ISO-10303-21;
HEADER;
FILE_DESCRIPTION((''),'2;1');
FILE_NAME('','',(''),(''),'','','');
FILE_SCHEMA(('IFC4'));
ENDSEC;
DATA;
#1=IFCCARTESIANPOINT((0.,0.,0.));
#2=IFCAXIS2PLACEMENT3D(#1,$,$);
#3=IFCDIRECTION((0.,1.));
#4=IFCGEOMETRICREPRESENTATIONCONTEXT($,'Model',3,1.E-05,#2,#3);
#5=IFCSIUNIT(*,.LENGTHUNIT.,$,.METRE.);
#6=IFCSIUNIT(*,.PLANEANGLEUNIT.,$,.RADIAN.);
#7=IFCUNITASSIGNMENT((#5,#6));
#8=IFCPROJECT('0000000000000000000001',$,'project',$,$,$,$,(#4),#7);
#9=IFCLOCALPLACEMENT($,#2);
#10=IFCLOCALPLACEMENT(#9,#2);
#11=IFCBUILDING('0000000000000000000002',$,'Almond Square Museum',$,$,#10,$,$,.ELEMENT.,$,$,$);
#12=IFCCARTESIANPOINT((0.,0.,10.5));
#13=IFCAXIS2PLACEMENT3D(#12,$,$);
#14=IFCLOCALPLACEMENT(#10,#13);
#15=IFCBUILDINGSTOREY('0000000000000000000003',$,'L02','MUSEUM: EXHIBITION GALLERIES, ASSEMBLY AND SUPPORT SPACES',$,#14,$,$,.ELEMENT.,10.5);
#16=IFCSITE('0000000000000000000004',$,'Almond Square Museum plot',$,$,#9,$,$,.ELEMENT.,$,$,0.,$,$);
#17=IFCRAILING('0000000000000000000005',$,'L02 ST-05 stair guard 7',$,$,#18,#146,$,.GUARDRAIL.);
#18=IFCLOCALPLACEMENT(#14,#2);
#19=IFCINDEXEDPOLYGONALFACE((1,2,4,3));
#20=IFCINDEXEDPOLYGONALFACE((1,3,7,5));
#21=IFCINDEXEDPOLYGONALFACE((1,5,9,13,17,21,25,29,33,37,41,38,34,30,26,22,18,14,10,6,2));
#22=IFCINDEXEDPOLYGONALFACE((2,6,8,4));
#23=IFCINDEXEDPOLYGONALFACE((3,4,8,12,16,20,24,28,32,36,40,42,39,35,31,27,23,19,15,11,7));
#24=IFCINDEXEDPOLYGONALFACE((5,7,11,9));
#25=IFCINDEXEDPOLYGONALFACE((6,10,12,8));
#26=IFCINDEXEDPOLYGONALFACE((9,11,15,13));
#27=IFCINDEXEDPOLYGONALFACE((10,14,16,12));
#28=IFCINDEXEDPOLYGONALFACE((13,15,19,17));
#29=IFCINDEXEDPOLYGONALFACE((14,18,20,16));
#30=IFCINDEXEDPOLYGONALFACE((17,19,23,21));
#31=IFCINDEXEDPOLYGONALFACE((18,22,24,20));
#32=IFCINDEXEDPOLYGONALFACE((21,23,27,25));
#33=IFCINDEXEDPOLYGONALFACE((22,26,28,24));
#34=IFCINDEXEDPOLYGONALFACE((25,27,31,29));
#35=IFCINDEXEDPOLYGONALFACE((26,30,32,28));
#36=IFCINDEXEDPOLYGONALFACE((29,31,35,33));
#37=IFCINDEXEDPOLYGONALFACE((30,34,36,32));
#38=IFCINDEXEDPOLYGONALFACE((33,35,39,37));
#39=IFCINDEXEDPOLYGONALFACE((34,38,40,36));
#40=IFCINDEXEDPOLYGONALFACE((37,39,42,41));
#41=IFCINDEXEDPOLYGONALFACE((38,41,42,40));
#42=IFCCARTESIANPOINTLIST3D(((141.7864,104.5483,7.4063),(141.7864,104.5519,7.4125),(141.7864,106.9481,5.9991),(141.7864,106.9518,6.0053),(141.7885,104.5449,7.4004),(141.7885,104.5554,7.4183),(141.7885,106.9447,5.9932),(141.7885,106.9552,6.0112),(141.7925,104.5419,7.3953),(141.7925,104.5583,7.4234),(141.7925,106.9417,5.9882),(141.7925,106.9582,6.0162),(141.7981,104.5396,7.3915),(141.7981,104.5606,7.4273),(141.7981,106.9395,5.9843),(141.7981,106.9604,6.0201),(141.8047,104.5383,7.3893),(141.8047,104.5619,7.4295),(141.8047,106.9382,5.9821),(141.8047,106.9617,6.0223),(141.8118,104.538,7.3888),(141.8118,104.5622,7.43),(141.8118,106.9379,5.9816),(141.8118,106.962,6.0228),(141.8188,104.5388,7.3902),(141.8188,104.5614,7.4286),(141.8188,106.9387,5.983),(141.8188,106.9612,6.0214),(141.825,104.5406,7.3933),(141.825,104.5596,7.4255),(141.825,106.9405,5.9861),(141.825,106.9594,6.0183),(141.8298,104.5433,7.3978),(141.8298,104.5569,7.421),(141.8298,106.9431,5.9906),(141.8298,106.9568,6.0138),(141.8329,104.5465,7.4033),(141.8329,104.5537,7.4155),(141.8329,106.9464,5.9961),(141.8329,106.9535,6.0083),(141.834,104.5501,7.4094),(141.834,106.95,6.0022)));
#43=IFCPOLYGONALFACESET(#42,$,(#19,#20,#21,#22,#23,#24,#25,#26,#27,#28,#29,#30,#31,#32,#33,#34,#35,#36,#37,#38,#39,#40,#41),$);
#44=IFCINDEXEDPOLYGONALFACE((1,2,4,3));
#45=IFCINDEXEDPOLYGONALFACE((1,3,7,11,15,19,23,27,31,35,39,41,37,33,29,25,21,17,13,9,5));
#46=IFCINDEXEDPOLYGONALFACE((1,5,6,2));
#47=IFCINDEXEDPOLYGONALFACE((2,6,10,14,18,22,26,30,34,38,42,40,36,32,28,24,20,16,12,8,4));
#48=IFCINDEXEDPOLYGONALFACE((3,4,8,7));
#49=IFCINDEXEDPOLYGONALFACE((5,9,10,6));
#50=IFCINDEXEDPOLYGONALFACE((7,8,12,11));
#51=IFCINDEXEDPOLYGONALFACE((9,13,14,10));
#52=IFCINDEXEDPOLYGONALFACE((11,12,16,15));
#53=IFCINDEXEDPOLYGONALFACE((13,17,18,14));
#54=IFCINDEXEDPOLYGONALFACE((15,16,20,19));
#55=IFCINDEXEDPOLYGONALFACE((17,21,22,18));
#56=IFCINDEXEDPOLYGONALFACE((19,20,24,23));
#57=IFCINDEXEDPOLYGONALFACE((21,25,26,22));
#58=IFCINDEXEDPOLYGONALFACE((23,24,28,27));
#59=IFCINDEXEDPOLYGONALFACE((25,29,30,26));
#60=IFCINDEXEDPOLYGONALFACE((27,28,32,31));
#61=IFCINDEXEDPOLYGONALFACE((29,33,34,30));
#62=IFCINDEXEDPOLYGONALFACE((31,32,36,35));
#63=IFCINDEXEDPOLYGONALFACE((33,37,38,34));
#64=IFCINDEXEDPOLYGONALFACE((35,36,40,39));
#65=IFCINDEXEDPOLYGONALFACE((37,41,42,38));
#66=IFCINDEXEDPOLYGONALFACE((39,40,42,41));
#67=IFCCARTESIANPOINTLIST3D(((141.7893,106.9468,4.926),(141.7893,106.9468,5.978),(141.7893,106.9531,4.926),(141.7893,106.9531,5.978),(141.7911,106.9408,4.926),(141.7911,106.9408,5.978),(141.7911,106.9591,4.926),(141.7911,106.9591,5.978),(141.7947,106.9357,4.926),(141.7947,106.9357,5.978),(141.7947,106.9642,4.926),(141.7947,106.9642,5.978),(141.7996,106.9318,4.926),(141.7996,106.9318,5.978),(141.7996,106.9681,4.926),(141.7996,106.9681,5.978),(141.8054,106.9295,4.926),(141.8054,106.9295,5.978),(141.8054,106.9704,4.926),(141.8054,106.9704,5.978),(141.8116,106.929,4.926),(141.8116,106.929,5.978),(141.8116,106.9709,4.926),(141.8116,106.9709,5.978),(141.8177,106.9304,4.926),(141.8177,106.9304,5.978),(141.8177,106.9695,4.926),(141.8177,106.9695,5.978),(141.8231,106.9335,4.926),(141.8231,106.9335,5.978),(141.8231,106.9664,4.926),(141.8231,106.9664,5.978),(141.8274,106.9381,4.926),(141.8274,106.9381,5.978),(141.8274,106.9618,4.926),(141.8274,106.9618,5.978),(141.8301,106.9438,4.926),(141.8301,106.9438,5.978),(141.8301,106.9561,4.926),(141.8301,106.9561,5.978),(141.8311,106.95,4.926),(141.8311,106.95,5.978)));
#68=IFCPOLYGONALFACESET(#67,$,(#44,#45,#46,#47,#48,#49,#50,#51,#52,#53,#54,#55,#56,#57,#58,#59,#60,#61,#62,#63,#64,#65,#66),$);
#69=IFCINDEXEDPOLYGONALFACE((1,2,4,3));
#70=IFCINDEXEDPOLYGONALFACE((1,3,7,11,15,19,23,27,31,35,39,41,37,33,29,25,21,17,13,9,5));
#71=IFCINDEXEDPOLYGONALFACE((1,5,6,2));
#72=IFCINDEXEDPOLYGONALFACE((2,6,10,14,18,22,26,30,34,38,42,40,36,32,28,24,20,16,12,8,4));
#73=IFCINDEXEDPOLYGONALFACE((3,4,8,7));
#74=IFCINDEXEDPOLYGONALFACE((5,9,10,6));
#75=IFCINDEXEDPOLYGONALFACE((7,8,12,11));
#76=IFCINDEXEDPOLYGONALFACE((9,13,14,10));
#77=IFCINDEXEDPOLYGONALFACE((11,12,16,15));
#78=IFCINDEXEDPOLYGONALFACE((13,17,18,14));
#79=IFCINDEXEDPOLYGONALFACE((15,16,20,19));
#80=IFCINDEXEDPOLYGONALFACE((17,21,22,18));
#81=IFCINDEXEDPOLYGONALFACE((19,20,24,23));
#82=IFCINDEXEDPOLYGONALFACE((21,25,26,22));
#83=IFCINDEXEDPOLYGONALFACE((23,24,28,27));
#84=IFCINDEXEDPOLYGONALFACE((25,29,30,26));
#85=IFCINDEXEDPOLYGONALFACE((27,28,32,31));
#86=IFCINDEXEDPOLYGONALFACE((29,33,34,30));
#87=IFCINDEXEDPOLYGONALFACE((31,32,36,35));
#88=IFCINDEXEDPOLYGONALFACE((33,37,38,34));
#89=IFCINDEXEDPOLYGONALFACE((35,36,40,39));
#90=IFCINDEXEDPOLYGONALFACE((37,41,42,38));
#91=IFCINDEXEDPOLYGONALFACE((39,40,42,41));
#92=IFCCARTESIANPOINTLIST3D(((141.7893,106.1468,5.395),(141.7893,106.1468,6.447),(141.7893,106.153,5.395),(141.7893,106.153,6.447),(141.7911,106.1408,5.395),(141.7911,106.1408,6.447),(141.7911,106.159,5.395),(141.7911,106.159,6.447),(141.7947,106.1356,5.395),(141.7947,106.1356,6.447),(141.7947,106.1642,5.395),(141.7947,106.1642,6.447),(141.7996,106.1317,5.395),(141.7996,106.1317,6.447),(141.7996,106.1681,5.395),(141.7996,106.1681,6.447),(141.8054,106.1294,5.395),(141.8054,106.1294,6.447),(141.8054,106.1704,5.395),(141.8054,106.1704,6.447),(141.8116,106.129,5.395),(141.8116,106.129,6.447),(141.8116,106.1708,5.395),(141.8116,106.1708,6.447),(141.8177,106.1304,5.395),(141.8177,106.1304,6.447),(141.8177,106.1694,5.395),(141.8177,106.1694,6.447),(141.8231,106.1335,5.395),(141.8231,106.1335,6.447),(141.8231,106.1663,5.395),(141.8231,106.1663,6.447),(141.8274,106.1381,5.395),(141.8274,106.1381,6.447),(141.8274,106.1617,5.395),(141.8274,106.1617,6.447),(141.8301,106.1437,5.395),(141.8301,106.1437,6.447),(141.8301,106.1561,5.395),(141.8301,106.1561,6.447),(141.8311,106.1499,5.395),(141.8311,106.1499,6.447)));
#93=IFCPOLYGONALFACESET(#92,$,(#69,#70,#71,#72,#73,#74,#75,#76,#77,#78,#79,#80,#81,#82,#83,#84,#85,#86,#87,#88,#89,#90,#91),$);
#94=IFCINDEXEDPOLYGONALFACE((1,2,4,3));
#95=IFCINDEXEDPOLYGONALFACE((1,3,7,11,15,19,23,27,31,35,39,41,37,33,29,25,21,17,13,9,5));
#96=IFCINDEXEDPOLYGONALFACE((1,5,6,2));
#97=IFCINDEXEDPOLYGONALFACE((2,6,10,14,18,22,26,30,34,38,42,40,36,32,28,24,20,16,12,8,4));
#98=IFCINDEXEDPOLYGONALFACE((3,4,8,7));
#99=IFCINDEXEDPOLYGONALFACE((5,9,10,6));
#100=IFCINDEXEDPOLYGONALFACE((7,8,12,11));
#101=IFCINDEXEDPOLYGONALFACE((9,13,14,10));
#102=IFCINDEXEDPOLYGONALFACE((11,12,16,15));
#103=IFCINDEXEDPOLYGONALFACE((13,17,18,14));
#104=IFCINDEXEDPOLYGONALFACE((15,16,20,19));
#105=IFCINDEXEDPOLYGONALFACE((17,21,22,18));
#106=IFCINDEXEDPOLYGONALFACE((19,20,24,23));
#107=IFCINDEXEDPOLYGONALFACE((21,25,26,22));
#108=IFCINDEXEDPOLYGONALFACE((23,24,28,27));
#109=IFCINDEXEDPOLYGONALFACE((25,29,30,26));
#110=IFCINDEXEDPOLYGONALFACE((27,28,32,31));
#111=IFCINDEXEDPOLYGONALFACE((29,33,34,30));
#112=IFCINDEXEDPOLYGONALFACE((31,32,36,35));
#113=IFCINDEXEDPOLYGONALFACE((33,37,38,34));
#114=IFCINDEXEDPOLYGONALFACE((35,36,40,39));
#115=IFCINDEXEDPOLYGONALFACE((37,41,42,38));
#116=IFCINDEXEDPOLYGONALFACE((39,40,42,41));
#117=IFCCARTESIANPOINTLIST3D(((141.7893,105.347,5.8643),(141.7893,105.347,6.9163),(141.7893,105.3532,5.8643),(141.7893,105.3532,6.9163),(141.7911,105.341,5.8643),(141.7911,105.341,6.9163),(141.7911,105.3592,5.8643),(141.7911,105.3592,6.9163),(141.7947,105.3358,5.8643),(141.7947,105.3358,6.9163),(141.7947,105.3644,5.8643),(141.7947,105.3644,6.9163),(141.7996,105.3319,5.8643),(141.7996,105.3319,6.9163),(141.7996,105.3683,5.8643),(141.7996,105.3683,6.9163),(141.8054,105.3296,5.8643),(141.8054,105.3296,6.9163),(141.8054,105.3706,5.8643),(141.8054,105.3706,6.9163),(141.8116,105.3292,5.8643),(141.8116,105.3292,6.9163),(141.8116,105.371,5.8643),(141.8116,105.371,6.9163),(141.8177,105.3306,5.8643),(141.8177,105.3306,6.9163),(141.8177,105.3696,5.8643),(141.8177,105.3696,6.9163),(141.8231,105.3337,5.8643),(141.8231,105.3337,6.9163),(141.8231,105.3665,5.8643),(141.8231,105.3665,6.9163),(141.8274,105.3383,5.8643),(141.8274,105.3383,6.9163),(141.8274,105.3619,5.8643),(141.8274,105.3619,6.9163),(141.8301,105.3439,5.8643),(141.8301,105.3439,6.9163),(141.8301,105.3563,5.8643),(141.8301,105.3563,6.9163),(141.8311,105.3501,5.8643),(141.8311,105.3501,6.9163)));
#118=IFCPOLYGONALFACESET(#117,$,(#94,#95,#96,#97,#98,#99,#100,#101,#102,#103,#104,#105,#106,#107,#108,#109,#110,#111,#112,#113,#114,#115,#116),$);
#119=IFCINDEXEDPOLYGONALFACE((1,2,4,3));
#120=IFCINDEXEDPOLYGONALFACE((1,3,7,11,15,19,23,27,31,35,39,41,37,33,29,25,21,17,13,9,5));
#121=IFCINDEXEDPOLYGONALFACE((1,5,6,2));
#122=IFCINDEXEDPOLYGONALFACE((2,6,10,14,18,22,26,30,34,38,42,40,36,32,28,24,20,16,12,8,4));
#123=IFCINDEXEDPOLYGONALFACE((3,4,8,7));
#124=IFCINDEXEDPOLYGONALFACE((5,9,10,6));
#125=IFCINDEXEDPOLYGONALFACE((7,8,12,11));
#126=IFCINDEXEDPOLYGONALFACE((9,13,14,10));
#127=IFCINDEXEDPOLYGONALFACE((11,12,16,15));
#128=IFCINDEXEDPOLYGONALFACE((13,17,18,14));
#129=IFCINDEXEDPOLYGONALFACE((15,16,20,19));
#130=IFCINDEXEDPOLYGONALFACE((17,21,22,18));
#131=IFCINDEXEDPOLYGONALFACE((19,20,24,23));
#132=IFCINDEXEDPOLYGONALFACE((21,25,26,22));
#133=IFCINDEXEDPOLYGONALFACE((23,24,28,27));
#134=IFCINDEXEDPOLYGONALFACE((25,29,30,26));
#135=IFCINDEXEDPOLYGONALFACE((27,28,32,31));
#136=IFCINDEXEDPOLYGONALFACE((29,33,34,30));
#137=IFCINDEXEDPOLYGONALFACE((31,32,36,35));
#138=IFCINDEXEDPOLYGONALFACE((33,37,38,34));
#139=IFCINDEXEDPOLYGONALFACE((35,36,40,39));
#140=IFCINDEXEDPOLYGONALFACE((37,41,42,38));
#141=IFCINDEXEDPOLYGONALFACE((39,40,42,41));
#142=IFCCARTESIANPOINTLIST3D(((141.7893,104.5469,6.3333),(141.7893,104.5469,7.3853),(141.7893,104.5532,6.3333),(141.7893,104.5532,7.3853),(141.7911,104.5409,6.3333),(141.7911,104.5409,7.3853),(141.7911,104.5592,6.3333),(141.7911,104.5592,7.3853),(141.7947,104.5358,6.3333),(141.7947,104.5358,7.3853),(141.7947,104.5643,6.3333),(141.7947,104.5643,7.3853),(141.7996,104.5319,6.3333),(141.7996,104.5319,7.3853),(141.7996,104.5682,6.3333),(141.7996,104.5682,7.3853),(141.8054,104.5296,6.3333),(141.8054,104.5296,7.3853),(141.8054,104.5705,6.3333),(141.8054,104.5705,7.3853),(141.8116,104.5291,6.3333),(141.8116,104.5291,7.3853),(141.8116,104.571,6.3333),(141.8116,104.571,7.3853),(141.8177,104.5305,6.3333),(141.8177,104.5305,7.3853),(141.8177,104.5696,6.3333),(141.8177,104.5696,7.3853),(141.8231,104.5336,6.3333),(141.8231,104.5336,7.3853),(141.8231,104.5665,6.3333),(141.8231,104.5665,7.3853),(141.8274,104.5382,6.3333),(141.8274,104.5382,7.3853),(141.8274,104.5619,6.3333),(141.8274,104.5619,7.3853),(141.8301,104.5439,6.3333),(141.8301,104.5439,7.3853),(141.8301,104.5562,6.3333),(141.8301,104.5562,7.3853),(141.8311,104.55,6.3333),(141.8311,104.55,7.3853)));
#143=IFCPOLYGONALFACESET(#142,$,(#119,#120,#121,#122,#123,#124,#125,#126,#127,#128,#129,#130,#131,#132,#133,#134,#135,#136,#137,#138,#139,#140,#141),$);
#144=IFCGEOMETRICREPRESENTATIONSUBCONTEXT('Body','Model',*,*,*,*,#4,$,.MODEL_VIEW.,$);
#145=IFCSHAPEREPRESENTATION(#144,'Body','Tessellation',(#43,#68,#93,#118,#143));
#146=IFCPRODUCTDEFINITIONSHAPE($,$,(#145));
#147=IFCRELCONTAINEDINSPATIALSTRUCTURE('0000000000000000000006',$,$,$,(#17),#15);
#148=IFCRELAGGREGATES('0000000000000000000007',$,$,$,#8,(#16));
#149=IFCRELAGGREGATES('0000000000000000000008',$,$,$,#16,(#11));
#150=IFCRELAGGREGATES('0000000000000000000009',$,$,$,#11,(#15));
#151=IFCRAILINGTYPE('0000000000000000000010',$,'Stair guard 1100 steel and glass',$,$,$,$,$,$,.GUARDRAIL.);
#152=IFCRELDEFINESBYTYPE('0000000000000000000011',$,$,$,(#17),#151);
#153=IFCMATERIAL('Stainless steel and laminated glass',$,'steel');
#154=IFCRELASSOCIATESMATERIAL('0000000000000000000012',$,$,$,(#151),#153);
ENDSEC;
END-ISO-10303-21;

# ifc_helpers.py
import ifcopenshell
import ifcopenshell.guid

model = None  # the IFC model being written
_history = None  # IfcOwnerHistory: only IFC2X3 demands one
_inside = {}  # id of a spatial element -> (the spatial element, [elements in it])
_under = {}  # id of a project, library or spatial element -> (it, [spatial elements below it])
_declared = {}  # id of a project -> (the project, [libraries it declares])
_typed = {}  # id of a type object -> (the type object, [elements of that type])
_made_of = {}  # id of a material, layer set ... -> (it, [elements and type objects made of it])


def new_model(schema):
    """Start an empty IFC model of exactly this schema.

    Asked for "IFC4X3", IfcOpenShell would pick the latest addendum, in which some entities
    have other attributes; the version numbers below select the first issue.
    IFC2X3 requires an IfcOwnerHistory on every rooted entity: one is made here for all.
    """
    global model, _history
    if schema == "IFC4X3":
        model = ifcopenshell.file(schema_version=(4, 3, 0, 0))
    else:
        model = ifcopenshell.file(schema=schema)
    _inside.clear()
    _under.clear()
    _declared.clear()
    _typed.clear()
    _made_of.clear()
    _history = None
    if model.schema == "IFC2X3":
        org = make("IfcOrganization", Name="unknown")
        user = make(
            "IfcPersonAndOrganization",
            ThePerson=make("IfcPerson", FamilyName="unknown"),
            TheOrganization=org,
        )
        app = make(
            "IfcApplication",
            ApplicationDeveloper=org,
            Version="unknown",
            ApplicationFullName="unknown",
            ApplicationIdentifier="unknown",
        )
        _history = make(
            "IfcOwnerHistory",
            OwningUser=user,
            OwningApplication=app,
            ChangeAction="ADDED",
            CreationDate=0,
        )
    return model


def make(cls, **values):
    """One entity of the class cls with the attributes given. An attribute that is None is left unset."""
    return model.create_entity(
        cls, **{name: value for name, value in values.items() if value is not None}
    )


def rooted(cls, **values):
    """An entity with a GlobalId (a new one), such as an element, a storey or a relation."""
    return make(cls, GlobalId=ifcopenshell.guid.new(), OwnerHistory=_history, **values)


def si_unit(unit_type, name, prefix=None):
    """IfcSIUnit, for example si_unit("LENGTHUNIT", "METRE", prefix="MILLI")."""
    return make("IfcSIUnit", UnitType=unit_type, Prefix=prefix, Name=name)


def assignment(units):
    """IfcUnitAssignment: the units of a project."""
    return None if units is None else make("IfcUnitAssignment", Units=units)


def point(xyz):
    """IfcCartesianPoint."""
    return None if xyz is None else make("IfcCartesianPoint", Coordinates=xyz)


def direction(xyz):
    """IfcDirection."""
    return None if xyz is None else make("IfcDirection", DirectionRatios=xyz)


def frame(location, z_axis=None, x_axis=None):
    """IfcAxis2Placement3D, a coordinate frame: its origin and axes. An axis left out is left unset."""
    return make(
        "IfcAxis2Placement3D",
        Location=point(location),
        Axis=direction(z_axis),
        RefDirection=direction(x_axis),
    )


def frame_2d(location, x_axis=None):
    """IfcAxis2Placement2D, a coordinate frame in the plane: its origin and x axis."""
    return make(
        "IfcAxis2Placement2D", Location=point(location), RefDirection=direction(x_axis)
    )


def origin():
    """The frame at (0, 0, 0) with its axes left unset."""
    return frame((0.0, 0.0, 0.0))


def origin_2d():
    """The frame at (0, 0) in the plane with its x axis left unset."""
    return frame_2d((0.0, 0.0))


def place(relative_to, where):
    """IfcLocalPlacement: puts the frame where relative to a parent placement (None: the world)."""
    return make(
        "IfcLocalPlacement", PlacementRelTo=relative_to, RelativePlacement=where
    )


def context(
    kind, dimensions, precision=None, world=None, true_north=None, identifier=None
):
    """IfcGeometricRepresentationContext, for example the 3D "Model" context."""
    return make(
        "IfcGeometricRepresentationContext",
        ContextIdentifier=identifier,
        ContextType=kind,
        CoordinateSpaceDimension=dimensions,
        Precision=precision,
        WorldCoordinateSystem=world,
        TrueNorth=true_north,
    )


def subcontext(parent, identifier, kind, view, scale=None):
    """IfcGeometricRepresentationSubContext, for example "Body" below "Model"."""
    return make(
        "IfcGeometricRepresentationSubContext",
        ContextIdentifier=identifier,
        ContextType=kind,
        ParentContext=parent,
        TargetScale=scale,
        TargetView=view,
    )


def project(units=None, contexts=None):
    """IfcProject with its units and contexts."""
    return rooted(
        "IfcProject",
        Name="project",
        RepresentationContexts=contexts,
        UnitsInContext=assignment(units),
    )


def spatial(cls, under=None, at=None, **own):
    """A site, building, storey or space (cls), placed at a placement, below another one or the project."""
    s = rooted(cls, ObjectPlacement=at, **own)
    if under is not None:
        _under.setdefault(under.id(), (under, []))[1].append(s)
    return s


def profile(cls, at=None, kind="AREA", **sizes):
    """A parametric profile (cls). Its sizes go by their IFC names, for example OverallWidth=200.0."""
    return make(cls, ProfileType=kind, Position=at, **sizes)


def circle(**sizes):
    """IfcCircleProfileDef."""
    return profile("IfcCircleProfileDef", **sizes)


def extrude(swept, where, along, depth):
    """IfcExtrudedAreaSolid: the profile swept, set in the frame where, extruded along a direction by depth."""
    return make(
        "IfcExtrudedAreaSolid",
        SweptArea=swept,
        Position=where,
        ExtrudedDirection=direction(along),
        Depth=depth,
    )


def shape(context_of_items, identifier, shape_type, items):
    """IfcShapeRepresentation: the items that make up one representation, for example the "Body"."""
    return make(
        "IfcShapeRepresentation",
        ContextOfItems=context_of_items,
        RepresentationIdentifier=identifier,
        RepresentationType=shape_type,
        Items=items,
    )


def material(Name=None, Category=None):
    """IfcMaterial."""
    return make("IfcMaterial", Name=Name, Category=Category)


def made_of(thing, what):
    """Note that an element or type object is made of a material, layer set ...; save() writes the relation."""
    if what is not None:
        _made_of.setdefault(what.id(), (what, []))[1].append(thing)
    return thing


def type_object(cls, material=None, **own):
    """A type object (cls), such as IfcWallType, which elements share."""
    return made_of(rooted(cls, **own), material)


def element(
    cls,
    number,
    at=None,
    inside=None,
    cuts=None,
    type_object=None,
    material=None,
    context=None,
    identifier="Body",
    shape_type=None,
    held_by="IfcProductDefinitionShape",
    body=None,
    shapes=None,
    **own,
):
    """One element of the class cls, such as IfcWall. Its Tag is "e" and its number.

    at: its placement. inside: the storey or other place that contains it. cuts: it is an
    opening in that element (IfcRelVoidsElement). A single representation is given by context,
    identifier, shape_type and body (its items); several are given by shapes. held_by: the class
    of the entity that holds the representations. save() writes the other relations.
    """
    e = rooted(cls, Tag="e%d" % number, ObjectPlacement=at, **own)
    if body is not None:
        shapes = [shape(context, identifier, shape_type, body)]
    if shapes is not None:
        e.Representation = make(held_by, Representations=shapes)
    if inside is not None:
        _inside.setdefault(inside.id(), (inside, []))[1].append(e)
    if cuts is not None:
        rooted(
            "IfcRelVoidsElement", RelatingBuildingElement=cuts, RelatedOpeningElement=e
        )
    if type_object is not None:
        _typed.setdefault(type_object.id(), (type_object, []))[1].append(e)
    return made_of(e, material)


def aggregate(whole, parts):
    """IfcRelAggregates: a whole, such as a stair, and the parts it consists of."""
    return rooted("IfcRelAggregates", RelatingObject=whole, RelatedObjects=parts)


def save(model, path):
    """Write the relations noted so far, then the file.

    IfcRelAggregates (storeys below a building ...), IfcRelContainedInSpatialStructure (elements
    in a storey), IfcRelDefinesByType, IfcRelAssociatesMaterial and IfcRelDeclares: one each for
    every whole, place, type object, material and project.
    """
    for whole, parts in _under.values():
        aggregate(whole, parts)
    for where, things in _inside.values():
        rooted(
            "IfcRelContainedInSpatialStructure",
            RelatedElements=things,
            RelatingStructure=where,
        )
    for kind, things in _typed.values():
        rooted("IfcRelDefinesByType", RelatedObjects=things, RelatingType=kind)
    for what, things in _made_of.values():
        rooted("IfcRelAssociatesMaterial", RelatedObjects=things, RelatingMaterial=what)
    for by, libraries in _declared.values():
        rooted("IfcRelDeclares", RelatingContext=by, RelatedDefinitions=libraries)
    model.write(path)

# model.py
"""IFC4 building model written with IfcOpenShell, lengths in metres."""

from ifc_helpers import new_model, si_unit, direction, frame, origin, origin_2d, place, context, subcontext, project, spatial, circle, extrude, material, type_object, element, save


model = new_model("IFC4")

# Units and contexts
model_context = context("Model", 3, precision=1e-05, world=origin(), true_north=direction((0.0, 1.0)))
body_context = subcontext(model_context, "Body", "Model", "MODEL_VIEW")
ifc_project = project(units=[si_unit("LENGTHUNIT", "METRE"), si_unit("PLANEANGLEUNIT", "RADIAN")], contexts=[model_context])

# Site, building, storey
site_placement = place(None, origin())
site = spatial("IfcSite", under=ifc_project, at=site_placement, Name="Almond Square Museum plot", CompositionType="ELEMENT", RefElevation=0.0)
building_placement = place(site_placement, origin())
building = spatial("IfcBuilding", under=site, at=building_placement, Name="Almond Square Museum", CompositionType="ELEMENT")
storey_placement = place(building_placement, frame((0.0, 0.0, 10.5)))
storey = spatial("IfcBuildingStorey", under=building, at=storey_placement, Name="L02", Description="MUSEUM: EXHIBITION GALLERIES, ASSEMBLY AND SUPPORT SPACES", CompositionType="ELEMENT", Elevation=10.5)

# Railing
ifc_material_1 = material(Name="Stainless steel and laminated glass", Category="steel")
railing_type_1 = type_object("IfcRailingType", Name="Stair guard 1100 steel and glass", PredefinedType="GUARDRAIL", material=ifc_material_1)
railing_1_placement = place(storey_placement, frame((141.8101, 106.95, 4.926)))
element("IfcRailing", 1, at=railing_1_placement, inside=storey, type_object=railing_type_1, Name="L02 ST-05 stair guard 7", PredefinedType="GUARDRAIL", context=body_context, shape_type="SweptSolid", body=[
    extrude(circle(Radius=0.0239, at=origin_2d()), frame((0.0, 0.0, 1.0762), z_axis=(0.0, -0.862637, 0.505823), x_axis=(1.0, 0.0, 0.0)), (0.0, 0.0, 1.0), 2.782),
    extrude(circle(Radius=0.021, at=origin_2d()), origin(), (0.0, 0.0, 1.0), 1.052),
    extrude(circle(Radius=0.021, at=origin_2d()), frame((0.0, -0.8, 0.469)), (0.0, 0.0, 1.0), 1.052),
    extrude(circle(Radius=0.021, at=origin_2d()), frame((0.0, -1.5999, 0.9382)), (0.0, 0.0, 1.0), 1.052),
    extrude(circle(Radius=0.021, at=origin_2d()), frame((0.0, -2.3999, 1.4072)), (0.0, 0.0, 1.0), 1.052),
])

save(model, "model.ifc")
